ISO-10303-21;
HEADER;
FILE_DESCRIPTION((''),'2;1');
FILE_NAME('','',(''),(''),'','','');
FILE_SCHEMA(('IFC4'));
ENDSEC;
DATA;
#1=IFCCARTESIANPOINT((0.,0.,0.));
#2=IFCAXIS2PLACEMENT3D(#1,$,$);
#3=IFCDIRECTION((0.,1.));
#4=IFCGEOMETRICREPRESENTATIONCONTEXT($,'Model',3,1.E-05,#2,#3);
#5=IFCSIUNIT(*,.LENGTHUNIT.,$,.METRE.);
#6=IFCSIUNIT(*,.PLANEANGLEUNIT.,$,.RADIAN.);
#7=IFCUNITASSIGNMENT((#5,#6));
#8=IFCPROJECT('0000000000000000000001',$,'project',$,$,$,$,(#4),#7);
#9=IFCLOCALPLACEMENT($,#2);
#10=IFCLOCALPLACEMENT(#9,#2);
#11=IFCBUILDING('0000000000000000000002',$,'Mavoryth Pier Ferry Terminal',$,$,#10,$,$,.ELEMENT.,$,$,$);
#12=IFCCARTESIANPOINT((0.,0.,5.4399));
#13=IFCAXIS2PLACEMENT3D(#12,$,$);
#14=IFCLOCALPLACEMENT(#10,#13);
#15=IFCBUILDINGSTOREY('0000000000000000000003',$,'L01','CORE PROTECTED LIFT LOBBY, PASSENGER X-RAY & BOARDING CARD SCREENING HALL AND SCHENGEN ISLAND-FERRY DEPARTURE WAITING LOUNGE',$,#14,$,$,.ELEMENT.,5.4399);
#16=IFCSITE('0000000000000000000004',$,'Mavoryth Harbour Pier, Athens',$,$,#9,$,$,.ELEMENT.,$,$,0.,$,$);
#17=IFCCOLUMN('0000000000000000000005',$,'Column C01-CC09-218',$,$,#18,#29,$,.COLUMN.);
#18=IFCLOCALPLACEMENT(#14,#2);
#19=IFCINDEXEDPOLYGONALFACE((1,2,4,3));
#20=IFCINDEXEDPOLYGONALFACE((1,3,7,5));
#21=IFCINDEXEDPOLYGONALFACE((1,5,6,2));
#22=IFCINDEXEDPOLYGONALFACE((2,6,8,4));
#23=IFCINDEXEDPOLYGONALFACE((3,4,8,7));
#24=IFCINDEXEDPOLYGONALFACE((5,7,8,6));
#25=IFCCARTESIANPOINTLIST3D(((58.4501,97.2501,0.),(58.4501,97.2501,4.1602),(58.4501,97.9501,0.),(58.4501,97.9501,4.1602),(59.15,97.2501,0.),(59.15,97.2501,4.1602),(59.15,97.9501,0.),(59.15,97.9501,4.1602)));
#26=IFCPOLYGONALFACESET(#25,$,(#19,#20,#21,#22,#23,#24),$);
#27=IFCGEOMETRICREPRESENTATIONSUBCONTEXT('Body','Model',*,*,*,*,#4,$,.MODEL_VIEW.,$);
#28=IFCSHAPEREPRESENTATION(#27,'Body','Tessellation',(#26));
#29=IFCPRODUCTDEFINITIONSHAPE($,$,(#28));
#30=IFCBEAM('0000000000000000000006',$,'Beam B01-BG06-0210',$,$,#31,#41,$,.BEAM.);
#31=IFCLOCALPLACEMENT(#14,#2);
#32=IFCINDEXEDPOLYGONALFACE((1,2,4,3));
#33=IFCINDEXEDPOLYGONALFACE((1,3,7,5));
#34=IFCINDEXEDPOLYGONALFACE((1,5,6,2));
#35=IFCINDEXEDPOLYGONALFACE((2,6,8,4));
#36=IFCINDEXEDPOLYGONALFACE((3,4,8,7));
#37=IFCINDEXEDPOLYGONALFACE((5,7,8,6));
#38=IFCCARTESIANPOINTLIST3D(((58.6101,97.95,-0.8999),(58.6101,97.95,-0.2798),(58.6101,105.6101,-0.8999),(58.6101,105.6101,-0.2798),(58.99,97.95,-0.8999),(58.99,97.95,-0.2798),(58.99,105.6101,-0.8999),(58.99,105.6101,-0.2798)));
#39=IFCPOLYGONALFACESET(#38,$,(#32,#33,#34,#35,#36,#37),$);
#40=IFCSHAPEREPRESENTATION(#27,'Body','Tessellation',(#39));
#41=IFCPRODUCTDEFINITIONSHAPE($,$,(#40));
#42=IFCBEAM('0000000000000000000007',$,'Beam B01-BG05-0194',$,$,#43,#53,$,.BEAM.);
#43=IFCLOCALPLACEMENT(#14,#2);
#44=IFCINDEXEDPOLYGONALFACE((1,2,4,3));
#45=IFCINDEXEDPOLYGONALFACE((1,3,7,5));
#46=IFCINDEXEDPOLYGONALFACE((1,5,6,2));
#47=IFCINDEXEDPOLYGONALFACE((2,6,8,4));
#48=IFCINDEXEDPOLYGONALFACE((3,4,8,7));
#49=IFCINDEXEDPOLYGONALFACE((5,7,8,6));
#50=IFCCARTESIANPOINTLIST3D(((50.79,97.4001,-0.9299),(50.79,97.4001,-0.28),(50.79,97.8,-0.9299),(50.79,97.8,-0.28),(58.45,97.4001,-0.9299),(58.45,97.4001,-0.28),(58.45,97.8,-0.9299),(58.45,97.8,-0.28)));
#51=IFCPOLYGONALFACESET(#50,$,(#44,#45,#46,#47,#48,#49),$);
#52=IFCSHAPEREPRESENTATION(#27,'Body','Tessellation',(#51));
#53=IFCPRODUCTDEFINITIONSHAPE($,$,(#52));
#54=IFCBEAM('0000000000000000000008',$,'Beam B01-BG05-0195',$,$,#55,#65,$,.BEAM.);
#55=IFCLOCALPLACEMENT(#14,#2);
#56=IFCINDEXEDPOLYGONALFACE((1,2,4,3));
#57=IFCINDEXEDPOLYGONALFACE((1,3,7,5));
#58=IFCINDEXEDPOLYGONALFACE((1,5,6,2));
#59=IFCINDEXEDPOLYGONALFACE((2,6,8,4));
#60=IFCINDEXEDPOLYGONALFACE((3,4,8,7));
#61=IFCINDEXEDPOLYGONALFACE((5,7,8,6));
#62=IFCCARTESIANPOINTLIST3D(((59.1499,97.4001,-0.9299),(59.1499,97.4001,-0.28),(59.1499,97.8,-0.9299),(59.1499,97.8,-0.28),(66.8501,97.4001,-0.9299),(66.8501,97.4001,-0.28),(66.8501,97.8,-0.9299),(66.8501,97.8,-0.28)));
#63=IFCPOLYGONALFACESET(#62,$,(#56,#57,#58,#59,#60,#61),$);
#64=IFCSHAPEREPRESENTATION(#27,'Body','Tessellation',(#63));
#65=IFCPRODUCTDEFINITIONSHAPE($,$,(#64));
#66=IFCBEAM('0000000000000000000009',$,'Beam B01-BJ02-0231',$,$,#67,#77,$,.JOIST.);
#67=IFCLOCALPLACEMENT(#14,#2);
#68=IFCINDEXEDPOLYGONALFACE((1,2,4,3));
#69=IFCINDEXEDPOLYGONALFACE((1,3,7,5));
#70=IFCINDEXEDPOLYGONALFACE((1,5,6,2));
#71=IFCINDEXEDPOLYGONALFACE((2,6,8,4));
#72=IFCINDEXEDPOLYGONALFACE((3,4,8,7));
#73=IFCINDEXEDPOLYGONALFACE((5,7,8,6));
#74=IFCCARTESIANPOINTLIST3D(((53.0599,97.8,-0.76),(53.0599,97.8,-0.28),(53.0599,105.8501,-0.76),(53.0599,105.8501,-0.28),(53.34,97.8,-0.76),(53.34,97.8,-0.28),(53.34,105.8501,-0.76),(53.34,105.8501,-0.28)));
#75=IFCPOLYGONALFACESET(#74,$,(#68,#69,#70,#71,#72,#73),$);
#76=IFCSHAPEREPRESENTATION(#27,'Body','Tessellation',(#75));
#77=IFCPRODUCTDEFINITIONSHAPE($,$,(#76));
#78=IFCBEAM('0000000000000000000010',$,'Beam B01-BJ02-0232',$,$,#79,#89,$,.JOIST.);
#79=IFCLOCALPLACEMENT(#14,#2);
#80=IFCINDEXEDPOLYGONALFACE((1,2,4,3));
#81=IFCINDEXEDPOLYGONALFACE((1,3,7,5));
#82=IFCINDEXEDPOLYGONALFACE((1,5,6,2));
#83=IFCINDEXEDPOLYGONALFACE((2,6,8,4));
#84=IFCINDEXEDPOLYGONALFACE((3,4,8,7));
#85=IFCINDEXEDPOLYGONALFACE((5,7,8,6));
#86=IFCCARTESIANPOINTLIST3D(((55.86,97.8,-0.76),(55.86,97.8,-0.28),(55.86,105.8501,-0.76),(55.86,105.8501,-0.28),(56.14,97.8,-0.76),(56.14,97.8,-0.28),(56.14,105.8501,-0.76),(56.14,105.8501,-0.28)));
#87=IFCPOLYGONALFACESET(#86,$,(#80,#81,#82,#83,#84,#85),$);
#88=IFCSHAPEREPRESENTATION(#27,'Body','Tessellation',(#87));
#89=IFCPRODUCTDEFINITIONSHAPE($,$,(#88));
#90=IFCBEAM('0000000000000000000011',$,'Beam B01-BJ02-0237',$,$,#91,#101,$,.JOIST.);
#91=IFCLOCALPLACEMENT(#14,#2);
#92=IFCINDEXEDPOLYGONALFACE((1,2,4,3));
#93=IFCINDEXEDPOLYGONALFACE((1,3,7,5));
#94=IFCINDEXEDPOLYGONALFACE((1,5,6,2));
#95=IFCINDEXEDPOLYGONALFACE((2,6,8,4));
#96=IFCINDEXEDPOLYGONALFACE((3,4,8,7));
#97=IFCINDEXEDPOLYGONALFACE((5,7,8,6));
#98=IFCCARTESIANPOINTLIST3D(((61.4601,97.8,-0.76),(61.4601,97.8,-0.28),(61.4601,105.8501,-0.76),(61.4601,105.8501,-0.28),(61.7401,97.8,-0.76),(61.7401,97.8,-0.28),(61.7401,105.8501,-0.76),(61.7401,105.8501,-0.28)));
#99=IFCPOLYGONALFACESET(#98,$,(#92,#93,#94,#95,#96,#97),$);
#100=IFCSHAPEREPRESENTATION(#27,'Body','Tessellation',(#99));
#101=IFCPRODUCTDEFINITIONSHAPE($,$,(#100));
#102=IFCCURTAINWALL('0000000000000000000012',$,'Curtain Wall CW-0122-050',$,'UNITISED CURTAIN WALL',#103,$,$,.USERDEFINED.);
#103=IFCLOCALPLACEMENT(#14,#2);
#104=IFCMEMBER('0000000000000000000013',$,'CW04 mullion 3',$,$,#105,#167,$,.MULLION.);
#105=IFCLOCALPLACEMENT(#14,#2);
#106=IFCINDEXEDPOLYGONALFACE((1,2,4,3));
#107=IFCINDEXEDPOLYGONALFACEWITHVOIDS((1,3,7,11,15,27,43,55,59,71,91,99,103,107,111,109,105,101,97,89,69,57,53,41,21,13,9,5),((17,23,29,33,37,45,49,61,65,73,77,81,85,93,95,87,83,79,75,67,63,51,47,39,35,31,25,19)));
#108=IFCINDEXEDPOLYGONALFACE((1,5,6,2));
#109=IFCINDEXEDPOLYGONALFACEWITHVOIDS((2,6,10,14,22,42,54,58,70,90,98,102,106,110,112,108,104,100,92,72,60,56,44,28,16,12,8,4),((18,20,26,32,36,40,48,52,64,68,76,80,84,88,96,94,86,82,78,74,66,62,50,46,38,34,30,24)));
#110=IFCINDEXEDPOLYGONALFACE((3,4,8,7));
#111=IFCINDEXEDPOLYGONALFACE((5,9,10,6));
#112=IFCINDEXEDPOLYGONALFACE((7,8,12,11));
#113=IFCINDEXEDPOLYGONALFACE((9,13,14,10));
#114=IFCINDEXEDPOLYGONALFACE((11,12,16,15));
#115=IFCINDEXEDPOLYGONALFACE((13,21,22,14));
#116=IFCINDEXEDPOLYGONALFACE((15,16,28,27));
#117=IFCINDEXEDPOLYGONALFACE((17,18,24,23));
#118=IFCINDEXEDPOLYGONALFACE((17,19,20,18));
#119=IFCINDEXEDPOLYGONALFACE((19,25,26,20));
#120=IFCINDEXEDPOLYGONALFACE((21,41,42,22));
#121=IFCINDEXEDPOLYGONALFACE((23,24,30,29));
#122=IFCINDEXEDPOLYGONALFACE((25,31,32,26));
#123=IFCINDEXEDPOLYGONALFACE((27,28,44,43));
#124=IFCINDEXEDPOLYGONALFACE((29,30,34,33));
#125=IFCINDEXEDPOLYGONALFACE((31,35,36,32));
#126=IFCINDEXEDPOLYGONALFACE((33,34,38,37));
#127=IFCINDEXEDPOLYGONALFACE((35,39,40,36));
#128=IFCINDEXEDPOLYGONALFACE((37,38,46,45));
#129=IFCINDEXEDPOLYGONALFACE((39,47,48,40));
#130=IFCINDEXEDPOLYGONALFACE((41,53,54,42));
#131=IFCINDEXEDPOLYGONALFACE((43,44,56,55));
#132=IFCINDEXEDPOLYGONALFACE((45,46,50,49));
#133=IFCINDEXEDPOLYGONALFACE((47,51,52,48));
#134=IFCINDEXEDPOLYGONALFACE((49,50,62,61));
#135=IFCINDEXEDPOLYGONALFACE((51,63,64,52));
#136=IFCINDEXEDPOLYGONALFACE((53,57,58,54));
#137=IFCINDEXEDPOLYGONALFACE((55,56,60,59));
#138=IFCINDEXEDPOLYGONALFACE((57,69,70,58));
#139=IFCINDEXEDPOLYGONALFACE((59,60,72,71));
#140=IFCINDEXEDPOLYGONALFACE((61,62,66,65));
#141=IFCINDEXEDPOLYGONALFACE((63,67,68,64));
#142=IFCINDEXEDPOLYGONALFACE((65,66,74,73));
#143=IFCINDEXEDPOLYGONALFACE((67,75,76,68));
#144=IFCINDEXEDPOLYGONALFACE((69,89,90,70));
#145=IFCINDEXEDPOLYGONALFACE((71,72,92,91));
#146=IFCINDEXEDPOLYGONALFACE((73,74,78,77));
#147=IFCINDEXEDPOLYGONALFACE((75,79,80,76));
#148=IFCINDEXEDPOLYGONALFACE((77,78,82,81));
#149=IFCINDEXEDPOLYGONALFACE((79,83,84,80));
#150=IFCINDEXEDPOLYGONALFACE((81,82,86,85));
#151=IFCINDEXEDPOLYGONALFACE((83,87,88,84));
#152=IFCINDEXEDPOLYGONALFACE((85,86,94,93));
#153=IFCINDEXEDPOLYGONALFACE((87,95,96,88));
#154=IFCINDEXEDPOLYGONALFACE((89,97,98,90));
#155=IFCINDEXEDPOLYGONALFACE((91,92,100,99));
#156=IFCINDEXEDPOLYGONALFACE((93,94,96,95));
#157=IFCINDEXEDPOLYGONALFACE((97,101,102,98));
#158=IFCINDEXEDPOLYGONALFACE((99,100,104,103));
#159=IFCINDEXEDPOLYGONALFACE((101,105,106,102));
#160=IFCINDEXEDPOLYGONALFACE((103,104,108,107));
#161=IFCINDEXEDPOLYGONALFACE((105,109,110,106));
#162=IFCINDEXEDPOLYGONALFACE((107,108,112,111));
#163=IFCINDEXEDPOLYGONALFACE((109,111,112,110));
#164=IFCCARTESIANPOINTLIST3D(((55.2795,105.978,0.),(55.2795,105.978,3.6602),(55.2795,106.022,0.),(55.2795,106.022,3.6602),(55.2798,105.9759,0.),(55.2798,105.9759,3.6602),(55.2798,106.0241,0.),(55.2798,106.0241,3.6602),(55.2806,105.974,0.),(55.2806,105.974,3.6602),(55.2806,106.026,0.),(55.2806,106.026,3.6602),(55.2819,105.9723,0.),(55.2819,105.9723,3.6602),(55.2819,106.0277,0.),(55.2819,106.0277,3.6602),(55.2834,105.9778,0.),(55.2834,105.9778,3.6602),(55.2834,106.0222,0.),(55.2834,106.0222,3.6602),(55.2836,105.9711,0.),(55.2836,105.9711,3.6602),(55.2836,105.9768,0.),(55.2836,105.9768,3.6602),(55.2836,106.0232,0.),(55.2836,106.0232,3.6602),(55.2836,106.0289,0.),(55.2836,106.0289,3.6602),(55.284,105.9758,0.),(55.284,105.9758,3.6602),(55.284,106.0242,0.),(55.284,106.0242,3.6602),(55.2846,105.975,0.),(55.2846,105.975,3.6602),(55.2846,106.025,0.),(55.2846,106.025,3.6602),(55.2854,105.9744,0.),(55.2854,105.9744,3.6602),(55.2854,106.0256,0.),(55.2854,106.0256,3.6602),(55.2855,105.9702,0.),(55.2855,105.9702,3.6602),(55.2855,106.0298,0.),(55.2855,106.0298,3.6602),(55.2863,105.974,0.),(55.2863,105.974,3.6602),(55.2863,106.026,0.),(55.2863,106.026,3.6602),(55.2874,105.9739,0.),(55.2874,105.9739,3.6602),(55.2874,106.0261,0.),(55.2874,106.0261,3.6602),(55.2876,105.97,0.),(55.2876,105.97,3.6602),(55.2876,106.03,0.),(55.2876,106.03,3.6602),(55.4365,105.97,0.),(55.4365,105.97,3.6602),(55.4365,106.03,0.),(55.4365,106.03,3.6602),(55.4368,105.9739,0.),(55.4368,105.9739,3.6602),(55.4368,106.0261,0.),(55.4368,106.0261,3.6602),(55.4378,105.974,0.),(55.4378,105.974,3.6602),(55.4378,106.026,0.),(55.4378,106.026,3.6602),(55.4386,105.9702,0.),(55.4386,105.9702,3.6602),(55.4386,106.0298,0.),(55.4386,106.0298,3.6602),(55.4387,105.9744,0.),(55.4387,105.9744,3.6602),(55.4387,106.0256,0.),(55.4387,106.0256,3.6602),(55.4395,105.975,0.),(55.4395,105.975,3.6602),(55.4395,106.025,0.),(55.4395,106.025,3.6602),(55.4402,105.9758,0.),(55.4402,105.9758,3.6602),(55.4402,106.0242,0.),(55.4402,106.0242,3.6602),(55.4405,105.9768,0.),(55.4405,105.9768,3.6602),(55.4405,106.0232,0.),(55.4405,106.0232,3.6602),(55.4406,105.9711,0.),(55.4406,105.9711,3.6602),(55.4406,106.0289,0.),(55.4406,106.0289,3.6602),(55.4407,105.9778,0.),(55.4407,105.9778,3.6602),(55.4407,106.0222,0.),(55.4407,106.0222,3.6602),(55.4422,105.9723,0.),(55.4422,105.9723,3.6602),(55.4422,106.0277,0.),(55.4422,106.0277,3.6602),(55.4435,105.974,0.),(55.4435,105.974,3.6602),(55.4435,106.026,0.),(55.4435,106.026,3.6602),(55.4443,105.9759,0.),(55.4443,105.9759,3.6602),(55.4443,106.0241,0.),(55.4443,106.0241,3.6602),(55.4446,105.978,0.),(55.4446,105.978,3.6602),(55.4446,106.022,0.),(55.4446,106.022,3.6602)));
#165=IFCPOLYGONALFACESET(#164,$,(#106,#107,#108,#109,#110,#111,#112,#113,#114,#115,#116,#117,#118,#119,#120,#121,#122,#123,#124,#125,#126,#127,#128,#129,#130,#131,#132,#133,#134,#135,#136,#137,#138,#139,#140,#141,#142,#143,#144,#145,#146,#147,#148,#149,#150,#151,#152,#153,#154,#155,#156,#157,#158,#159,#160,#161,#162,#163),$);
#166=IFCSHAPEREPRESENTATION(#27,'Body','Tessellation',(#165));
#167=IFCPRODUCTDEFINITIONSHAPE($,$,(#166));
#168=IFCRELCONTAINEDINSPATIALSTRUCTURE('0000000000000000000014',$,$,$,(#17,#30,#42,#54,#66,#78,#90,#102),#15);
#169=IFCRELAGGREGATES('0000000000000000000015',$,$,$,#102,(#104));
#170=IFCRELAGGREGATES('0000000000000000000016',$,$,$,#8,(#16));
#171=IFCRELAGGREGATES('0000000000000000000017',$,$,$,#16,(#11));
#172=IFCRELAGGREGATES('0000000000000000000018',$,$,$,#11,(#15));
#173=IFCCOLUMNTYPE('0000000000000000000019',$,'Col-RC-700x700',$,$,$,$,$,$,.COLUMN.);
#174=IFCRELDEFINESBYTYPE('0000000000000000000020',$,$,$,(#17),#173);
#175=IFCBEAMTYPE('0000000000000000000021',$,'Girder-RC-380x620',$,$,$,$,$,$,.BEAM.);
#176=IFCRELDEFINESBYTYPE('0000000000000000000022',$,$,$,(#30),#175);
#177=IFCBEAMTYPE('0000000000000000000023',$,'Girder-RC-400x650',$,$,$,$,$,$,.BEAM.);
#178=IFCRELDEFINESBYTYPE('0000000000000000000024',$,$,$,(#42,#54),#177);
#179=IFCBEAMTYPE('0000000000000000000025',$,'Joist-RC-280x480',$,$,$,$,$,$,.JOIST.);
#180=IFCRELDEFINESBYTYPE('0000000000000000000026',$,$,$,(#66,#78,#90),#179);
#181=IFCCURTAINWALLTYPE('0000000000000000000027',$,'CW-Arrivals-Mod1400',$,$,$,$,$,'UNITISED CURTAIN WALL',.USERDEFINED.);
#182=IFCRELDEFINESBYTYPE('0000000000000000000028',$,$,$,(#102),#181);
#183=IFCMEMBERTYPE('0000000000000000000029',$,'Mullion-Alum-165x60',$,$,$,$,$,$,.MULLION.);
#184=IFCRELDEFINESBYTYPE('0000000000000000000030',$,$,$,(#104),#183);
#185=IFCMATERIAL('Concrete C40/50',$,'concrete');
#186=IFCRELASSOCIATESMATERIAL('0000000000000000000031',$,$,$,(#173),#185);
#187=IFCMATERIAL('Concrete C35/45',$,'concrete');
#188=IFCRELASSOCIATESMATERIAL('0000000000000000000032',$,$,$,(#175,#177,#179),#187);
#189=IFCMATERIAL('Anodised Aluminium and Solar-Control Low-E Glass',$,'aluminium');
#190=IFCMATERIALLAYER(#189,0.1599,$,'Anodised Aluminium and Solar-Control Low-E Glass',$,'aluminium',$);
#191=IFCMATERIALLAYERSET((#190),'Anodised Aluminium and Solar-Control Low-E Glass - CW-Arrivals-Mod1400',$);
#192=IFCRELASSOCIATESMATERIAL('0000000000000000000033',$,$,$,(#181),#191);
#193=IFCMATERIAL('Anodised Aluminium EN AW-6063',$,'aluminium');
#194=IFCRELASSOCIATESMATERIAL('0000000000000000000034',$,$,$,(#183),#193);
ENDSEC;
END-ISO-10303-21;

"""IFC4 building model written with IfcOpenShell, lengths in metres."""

from ifc_helpers import new_model, si_unit, direction, frame, origin, origin_2d, place, context, subcontext, project, spatial, rectangle, hollow_rectangle, extrude, material, layer, layer_set, material_profile, profile_set, type_object, element, aggregate, save


model = new_model("IFC4")

# Units and contexts
model_context = context("Model", 3, precision=1e-05, world=origin(), true_north=direction((0.0, 1.0)))
body_context = subcontext(model_context, "Body", "Model", "MODEL_VIEW")
ifc_project = project(units=[si_unit("LENGTHUNIT", "METRE"), si_unit("PLANEANGLEUNIT", "RADIAN")], contexts=[model_context])

# Site, building, storey
site_placement = place(None, origin())
site = spatial("IfcSite", under=ifc_project, at=site_placement, Name="Mavoryth Harbour Pier, Athens", CompositionType="ELEMENT", RefElevation=0.0)
building_placement = place(site_placement, origin())
building = spatial("IfcBuilding", under=site, at=building_placement, Name="Mavoryth Pier Ferry Terminal", CompositionType="ELEMENT")
storey_placement = place(building_placement, frame((0.0, 0.0, 5.4399)))
storey = spatial("IfcBuildingStorey", under=building, at=storey_placement, Name="L01", Description="CORE PROTECTED LIFT LOBBY, PASSENGER X-RAY & BOARDING CARD SCREENING HALL AND SCHENGEN ISLAND-FERRY DEPARTURE WAITING LOUNGE", CompositionType="ELEMENT", Elevation=5.4399)

# Column
ifc_material_1 = material(Name="Concrete C40/50", Category="concrete")
ifc_material_profile_1 = material_profile(ifc_material_1, rectangle(XDim=0.7, YDim=0.7, at=origin_2d()), Name="RC 700x700", Category="concrete")
ifc_profile_set_1 = profile_set([ifc_material_profile_1], Name="Concrete C40/50 - RC 700x700")
column_type = type_object("IfcColumnType", Name="Col-RC-700x700", PredefinedType="COLUMN", material=ifc_profile_set_1)
column_placement = place(storey_placement, frame((58.8, 97.6001, 0.0), z_axis=(0.0, 0.0, 1.0), x_axis=(1.0, 0.0, 0.0)))
element("IfcColumn", 1, at=column_placement, inside=storey, type_object=column_type, Name="Column C01-CC09-218", PredefinedType="COLUMN", context=body_context, shape_type="SweptSolid", body=[
    extrude(rectangle(XDim=0.7, YDim=0.7, at=origin_2d()), origin(), (0.0, 0.0, 1.0), 4.1602),
])

# Beams
ifc_material_2 = material(Name="Concrete C35/45", Category="concrete")
ifc_material_profile_2 = material_profile(ifc_material_2, rectangle(XDim=0.3799, YDim=0.6201, at=origin_2d()), Name="RC 380x620", Category="concrete")
ifc_profile_set_2 = profile_set([ifc_material_profile_2], Name="Concrete C35/45 - RC 380x620")
beam_type_1 = type_object("IfcBeamType", Name="Girder-RC-380x620", PredefinedType="BEAM", material=ifc_profile_set_2)
beam_1_placement = place(storey_placement, frame((58.8, 97.95, -0.5898), z_axis=(0.0, 1.0, 0.0), x_axis=(-1.0, 0.0, 0.0)))
element("IfcBeam", 2, at=beam_1_placement, inside=storey, type_object=beam_type_1, Name="Beam B01-BG06-0210", PredefinedType="BEAM", context=body_context, shape_type="SweptSolid", body=[
    extrude(rectangle(XDim=0.3799, YDim=0.6201, at=origin_2d()), origin(), (0.0, 0.0, 1.0), 7.6602),
])
ifc_material_profile_3 = material_profile(ifc_material_2, rectangle(XDim=0.3999, YDim=0.6499, at=origin_2d()), Name="RC 400x650", Category="concrete")
ifc_profile_set_3 = profile_set([ifc_material_profile_3], Name="Concrete C35/45 - RC 400x650")
beam_type_2 = type_object("IfcBeamType", Name="Girder-RC-400x650", PredefinedType="BEAM", material=ifc_profile_set_3)
beam_2_placement = place(storey_placement, frame((50.79, 97.6001, -0.605), z_axis=(1.0, 0.0, 0.0), x_axis=(0.0, 1.0, 0.0)))
element("IfcBeam", 3, at=beam_2_placement, inside=storey, type_object=beam_type_2, Name="Beam B01-BG05-0194", PredefinedType="BEAM", context=body_context, shape_type="SweptSolid", body=[
    extrude(rectangle(XDim=0.3999, YDim=0.6499, at=origin_2d()), origin(), (0.0, 0.0, 1.0), 7.6599),
])
beam_3_placement = place(storey_placement, frame((59.1499, 97.6001, -0.605), z_axis=(1.0, 0.0, 0.0), x_axis=(0.0, 1.0, 0.0)))
element("IfcBeam", 4, at=beam_3_placement, inside=storey, type_object=beam_type_2, Name="Beam B01-BG05-0195", PredefinedType="BEAM", context=body_context, shape_type="SweptSolid", body=[
    extrude(rectangle(XDim=0.3999, YDim=0.6499, at=origin_2d()), origin(), (0.0, 0.0, 1.0), 7.7002),
])
ifc_material_profile_4 = material_profile(ifc_material_2, rectangle(XDim=0.28, YDim=0.48, at=origin_2d()), Name="RC 280x480", Category="concrete")
ifc_profile_set_4 = profile_set([ifc_material_profile_4], Name="Concrete C35/45 - RC 280x480")
beam_type_3 = type_object("IfcBeamType", Name="Joist-RC-280x480", PredefinedType="JOIST", material=ifc_profile_set_4)
for number, where, z_axis, x_axis, name in (
    (5, (53.2, 97.8, -0.52), (0.0, 1.0, 0.0), (-1.0, 0.0, 0.0), "Beam B01-BJ02-0231"),
    (6, (56.0, 97.8, -0.52), (0.0, 1.0, 0.0), (-1.0, 0.0, 0.0), "Beam B01-BJ02-0232"),
    (7, (61.6001, 97.8, -0.52), (0.0, 1.0, 0.0), (-1.0, 0.0, 0.0), "Beam B01-BJ02-0237"),
):
    element("IfcBeam", number, at=place(storey_placement, frame(where, z_axis=z_axis, x_axis=x_axis)), inside=storey, type_object=beam_type_3, Name=name, PredefinedType="JOIST", context=body_context, shape_type="SweptSolid", body=[
        extrude(rectangle(XDim=0.28, YDim=0.48, at=origin_2d()), origin(), (0.0, 0.0, 1.0), 8.05),
    ])

# Curtain wall, member
ifc_material_3 = material(Name="Anodised Aluminium and Solar-Control Low-E Glass", Category="aluminium")
ifc_layer_1 = layer(ifc_material_3, 0.1599, Name="Anodised Aluminium and Solar-Control Low-E Glass", Category="aluminium")
ifc_layer_set_1 = layer_set([ifc_layer_1], Name="Anodised Aluminium and Solar-Control Low-E Glass - CW-Arrivals-Mod1400")
curtain_wall_type = type_object("IfcCurtainWallType", Name="CW-Arrivals-Mod1400", ElementType="UNITISED CURTAIN WALL", PredefinedType="USERDEFINED", material=ifc_layer_set_1)
curtain_wall_placement = place(storey_placement, origin())
curtain_wall = element("IfcCurtainWall", 8, at=curtain_wall_placement, inside=storey, type_object=curtain_wall_type, Name="Curtain Wall CW-0122-050", ObjectType="UNITISED CURTAIN WALL", PredefinedType="USERDEFINED")
ifc_material_4 = material(Name="Anodised Aluminium EN AW-6063", Category="aluminium")
ifc_material_profile_5 = material_profile(ifc_material_4, hollow_rectangle(XDim=0.0601, YDim=0.165, WallThickness=0.0039, InnerFilletRadius=0.0039, OuterFilletRadius=0.0081, at=origin_2d()), Name="AL-MULL 165x60x4", Category="aluminium")
ifc_profile_set_5 = profile_set([ifc_material_profile_5], Name="Anodised Aluminium EN AW-6063 - AL-MULL 165x60x4")
member_type_1 = type_object("IfcMemberType", Name="Mullion-Alum-165x60", PredefinedType="MULLION", material=ifc_profile_set_5)
member_1_placement = place(storey_placement, frame((55.3621, 106.0, 0.0), z_axis=(0.0, 0.0, 1.0), x_axis=(0.0, -1.0, 0.0)))
member_1 = element("IfcMember", 9, at=member_1_placement, type_object=member_type_1, Name="CW04 mullion 3", PredefinedType="MULLION", context=body_context, shape_type="SweptSolid", body=[
    extrude(hollow_rectangle(XDim=0.0601, YDim=0.165, WallThickness=0.0039, InnerFilletRadius=0.0039, OuterFilletRadius=0.0081, at=origin_2d()), origin(), (0.0, 0.0, 1.0), 3.6602),
])

aggregate(curtain_wall, [member_1])

save(model, "model.ifc")
